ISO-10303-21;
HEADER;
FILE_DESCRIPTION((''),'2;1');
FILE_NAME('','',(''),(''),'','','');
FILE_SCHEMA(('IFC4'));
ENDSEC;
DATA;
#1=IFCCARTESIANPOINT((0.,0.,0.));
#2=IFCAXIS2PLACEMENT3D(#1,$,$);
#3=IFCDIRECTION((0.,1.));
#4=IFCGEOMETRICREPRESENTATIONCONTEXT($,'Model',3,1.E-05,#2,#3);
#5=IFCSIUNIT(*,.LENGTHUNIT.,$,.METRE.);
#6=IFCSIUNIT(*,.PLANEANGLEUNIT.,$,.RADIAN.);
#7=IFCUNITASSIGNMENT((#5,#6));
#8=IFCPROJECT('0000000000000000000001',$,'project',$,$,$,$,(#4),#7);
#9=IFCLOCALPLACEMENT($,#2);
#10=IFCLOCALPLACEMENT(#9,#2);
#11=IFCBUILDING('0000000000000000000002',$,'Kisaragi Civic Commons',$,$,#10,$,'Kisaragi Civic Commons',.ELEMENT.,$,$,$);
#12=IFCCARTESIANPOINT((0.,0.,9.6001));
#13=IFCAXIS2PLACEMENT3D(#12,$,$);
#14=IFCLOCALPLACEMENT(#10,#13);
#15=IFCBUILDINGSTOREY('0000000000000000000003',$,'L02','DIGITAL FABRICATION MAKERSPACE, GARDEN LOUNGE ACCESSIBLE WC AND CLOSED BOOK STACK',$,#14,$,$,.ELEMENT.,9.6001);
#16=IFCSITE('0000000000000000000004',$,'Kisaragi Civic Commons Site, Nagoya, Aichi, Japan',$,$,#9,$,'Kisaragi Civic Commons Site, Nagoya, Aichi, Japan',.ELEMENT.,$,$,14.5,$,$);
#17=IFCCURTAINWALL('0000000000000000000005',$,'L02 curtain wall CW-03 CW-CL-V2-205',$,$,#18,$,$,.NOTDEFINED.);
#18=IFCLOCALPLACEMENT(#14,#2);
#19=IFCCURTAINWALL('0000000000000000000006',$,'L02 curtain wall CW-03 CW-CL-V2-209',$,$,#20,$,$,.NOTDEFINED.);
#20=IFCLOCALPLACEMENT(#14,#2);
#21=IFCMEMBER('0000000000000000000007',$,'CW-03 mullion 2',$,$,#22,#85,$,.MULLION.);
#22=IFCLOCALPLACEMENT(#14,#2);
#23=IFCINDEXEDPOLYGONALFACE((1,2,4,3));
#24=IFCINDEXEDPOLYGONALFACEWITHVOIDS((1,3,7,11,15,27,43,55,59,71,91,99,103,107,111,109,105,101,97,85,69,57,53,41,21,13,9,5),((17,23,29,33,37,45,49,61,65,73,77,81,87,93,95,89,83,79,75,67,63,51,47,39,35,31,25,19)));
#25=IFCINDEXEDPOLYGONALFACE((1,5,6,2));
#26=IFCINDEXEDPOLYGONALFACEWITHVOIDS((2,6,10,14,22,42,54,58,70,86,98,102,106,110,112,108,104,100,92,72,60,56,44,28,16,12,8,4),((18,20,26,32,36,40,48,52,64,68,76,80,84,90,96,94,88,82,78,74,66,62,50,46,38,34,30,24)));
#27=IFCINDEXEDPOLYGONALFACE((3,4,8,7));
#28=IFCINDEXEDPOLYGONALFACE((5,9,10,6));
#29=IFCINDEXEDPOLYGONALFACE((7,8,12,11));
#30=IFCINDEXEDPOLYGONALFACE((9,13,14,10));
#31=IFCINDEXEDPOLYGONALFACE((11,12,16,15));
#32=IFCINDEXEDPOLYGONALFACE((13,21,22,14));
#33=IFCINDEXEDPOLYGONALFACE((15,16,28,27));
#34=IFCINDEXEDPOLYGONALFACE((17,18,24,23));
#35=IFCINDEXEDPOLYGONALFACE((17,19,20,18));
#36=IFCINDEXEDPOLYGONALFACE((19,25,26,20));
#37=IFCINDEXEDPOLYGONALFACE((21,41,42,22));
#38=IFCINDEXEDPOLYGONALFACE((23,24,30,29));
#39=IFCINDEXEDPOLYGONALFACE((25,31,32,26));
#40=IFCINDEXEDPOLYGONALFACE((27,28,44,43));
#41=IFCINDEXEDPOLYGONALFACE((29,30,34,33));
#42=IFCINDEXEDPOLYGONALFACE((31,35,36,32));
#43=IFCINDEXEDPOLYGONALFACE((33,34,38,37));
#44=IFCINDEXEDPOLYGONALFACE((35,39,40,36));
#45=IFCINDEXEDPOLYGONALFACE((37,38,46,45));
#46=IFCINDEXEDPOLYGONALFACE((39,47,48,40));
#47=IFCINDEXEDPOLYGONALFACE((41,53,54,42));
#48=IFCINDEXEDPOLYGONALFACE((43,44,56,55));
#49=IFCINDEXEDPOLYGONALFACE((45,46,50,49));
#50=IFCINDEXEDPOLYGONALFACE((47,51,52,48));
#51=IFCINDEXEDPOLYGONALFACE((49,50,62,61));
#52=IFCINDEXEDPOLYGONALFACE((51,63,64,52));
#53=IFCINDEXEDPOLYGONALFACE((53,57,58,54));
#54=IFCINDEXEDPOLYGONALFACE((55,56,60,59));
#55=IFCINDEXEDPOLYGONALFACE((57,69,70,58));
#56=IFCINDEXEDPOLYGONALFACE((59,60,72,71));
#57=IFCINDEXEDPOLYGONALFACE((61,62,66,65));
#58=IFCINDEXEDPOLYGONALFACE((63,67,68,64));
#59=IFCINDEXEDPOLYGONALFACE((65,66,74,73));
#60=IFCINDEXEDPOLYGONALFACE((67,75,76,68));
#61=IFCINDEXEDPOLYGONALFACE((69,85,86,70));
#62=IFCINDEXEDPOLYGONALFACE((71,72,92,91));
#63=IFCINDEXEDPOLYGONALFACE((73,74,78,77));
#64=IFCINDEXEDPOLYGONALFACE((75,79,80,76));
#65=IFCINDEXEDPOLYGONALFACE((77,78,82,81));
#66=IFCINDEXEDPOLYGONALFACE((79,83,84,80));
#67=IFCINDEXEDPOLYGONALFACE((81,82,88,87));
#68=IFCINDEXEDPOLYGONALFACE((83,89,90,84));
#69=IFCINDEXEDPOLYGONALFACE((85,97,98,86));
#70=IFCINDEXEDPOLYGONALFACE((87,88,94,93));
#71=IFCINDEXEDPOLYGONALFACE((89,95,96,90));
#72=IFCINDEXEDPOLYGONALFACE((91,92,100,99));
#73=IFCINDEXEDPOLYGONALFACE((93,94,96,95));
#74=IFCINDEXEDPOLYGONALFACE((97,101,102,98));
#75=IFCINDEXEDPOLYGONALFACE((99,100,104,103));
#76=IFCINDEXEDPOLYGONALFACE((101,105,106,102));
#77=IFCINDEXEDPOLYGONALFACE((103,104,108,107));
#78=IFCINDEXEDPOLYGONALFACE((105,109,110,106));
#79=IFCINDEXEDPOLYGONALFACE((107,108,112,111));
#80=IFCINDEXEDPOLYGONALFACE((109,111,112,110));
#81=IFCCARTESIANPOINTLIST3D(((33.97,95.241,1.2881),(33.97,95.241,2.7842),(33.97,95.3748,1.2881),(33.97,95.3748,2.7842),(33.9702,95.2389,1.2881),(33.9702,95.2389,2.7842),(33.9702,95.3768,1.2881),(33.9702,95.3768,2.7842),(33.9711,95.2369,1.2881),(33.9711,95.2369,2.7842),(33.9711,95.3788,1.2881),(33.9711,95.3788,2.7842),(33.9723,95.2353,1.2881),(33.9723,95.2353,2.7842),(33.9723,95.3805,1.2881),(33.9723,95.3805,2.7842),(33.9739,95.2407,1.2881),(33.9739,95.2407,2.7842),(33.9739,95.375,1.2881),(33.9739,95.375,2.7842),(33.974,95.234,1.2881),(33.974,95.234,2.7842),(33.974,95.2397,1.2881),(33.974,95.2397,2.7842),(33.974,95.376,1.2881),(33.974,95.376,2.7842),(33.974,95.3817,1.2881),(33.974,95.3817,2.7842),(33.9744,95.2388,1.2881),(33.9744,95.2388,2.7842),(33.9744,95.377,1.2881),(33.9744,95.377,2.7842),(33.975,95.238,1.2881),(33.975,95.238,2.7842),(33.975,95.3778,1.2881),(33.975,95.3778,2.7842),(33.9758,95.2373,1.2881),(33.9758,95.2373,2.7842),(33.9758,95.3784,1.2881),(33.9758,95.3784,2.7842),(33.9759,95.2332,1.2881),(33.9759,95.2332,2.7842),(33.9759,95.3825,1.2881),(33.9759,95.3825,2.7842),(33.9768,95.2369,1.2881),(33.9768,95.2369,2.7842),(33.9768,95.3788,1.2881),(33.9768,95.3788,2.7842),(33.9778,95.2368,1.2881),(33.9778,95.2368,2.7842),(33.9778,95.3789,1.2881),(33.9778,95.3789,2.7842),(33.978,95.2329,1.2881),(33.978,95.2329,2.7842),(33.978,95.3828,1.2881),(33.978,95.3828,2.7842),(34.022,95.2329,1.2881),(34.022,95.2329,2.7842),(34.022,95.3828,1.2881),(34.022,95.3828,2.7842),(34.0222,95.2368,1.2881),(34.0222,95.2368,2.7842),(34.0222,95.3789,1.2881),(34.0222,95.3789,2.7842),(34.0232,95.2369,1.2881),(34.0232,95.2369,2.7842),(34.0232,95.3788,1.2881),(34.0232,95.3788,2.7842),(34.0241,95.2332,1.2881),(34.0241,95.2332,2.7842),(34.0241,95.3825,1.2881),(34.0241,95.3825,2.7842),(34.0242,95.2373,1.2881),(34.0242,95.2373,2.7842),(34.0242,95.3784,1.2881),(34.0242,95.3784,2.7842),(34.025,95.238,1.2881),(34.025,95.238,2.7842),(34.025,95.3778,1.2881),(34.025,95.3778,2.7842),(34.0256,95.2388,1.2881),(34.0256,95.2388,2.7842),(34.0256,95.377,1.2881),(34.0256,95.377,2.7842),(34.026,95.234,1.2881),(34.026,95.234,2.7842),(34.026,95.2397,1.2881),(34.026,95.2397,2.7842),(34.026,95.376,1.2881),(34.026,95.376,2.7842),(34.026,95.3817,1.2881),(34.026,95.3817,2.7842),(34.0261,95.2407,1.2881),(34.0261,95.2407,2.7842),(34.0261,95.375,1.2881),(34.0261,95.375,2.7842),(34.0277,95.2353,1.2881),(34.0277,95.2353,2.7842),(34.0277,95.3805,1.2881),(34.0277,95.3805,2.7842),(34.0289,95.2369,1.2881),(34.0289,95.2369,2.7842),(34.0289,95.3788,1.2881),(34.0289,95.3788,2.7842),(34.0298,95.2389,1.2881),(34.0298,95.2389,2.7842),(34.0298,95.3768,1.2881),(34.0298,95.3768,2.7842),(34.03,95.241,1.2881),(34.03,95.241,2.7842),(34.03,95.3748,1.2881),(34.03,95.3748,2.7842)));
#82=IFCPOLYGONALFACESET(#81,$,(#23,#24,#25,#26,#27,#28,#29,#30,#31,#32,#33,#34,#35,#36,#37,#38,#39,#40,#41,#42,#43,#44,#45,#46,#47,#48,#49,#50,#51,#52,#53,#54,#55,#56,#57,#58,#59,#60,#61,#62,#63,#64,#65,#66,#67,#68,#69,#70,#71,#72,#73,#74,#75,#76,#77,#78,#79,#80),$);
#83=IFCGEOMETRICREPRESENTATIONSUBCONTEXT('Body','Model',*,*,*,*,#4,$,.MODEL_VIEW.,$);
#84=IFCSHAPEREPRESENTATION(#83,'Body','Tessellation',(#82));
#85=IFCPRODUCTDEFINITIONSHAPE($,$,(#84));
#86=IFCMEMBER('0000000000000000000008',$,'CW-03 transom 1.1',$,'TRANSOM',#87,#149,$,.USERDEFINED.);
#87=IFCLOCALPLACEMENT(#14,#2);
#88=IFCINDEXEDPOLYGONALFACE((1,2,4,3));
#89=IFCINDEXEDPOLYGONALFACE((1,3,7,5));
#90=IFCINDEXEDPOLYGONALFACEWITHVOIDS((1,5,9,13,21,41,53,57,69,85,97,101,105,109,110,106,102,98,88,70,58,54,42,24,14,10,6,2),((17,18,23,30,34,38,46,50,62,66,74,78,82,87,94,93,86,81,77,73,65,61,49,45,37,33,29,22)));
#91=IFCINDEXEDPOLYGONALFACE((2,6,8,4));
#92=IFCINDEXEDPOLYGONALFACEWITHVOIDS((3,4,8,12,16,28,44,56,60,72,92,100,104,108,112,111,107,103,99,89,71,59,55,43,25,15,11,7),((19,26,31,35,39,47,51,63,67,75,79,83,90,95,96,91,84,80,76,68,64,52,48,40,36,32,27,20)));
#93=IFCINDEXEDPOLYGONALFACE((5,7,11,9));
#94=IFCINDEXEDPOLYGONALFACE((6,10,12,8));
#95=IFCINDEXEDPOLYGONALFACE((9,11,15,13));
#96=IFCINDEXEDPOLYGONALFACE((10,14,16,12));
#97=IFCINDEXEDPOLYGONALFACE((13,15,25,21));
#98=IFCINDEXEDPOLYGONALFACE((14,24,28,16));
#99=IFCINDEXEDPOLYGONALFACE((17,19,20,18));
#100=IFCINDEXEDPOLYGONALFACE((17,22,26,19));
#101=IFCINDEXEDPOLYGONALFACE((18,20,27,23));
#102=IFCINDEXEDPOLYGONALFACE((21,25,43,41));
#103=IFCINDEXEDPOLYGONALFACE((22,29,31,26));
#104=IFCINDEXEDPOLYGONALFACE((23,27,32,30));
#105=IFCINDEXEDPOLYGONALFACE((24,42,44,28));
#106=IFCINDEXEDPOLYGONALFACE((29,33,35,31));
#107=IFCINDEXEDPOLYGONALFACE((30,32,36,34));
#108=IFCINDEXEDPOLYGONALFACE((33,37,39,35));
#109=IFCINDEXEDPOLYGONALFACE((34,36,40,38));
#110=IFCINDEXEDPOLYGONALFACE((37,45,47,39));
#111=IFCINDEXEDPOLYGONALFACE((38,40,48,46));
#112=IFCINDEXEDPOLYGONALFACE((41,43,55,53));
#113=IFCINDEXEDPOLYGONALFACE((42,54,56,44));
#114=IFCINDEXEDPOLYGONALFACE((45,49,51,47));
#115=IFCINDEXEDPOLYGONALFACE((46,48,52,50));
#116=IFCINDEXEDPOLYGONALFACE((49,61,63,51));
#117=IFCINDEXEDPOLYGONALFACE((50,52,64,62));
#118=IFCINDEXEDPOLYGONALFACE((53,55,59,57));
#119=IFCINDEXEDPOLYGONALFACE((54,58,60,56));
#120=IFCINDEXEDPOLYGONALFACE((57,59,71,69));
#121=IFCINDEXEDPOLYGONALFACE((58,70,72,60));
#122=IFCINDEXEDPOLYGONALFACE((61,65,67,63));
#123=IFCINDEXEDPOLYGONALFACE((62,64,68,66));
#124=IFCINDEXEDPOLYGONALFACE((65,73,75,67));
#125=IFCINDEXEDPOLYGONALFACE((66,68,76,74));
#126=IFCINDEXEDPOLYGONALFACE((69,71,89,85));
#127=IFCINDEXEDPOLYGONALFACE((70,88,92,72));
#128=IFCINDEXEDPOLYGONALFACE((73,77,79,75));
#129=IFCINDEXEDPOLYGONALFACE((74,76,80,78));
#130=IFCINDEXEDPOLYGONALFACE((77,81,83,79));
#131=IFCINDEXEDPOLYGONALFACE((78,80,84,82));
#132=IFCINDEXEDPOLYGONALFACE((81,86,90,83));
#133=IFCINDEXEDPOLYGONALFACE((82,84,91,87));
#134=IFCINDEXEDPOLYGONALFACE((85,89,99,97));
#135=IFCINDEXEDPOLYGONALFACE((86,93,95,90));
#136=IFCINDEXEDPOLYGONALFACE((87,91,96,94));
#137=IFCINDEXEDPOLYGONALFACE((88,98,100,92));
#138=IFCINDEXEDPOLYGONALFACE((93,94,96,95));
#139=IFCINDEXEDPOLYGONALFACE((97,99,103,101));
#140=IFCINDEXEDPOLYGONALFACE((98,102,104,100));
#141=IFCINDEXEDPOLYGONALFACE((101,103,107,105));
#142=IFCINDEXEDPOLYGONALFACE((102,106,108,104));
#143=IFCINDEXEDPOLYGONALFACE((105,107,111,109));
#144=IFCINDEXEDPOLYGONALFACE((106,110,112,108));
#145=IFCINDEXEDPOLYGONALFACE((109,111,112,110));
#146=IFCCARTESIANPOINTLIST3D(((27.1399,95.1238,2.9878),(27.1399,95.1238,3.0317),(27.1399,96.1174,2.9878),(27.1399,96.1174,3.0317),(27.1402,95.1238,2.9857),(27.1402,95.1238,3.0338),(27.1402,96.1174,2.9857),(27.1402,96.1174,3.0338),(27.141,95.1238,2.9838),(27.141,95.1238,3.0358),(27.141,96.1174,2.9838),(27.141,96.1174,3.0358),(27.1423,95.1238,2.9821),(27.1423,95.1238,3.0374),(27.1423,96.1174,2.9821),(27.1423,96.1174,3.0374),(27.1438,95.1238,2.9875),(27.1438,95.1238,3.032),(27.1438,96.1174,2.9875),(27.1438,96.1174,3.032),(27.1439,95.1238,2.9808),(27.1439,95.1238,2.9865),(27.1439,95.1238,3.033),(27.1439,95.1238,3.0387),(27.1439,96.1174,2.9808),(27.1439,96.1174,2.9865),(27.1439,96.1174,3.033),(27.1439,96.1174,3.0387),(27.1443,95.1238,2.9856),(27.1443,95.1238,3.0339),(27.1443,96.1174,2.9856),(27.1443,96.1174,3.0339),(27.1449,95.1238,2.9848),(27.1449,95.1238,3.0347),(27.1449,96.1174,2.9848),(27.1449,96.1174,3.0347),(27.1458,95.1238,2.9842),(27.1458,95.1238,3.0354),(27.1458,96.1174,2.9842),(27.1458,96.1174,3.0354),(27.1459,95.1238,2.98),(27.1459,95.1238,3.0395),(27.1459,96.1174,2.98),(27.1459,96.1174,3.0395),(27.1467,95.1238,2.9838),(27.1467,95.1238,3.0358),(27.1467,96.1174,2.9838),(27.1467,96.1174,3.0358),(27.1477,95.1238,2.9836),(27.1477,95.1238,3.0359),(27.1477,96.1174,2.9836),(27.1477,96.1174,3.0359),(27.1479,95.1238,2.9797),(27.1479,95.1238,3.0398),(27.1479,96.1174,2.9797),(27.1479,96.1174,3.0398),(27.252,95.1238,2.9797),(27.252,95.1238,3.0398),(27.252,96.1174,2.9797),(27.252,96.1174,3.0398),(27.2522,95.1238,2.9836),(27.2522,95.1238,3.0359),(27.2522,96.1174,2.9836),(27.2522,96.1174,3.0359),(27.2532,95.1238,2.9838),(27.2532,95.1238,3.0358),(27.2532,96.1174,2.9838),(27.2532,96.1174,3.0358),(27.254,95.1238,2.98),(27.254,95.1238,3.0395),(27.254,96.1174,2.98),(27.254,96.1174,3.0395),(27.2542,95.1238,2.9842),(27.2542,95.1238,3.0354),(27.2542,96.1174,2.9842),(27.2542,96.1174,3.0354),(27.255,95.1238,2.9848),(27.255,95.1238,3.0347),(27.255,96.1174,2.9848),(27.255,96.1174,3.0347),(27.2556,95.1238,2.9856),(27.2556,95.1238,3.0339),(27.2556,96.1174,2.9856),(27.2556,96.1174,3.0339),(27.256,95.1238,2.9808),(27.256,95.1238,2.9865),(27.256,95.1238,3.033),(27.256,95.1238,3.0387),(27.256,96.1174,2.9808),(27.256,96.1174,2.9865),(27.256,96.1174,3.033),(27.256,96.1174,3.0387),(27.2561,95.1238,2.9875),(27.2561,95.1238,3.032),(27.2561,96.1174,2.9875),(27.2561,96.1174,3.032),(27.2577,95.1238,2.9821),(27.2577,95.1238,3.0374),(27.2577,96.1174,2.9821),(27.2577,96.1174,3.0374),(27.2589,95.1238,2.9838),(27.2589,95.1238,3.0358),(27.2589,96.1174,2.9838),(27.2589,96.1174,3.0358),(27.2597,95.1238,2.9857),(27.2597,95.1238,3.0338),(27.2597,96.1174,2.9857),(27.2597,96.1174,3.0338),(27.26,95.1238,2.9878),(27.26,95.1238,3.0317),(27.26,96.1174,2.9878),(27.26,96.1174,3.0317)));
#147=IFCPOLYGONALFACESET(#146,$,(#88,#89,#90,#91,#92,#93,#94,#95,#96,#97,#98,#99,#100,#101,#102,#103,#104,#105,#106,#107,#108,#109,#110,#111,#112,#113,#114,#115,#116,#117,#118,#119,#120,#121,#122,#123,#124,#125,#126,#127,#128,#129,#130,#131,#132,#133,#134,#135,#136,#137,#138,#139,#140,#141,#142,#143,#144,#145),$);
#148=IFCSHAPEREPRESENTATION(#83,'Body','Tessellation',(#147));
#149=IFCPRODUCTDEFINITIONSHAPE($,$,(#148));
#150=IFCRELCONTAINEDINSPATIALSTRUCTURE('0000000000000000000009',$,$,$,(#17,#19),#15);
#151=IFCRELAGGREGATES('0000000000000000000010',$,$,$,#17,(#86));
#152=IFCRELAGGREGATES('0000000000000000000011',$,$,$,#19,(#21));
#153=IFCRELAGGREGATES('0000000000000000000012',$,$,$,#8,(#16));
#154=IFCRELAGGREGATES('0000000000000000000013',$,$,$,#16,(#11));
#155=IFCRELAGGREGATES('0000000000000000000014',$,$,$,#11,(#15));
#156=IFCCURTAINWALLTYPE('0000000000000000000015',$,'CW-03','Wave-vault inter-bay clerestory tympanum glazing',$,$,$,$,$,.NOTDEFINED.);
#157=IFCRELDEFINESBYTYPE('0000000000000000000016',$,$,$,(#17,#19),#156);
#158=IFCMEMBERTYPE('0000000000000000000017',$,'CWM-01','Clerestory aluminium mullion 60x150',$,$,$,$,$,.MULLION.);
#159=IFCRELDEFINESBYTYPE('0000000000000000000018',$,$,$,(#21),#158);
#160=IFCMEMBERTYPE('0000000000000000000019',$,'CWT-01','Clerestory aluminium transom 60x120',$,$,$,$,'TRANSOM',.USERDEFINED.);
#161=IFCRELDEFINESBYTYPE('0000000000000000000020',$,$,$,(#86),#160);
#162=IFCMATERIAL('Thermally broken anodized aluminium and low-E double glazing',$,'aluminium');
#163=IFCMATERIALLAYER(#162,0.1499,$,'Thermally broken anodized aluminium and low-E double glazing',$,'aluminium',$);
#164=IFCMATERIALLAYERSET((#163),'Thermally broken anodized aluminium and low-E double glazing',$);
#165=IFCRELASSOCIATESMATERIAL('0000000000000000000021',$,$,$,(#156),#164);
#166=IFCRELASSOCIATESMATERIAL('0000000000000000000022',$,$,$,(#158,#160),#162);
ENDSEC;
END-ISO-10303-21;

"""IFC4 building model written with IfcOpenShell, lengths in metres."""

from ifc_helpers import new_model, si_unit, direction, frame, origin, origin_2d, place, context, subcontext, project, spatial, hollow_rectangle, extrude, material, layer, layer_set, material_profile, profile_set, type_object, element, aggregate, save


model = new_model("IFC4")

# Units and contexts
model_context = context("Model", 3, precision=1e-05, world=origin(), true_north=direction((0.0, 1.0)))
body_context = subcontext(model_context, "Body", "Model", "MODEL_VIEW")
ifc_project = project(units=[si_unit("LENGTHUNIT", "METRE"), si_unit("PLANEANGLEUNIT", "RADIAN")], contexts=[model_context])

# Site, building, storey
site_placement = place(None, origin())
site = spatial("IfcSite", under=ifc_project, at=site_placement, Name="Kisaragi Civic Commons Site, Nagoya, Aichi, Japan", LongName="Kisaragi Civic Commons Site, Nagoya, Aichi, Japan", CompositionType="ELEMENT", RefElevation=14.5)
building_placement = place(site_placement, origin())
building = spatial("IfcBuilding", under=site, at=building_placement, Name="Kisaragi Civic Commons", LongName="Kisaragi Civic Commons", CompositionType="ELEMENT")
storey_placement = place(building_placement, frame((0.0, 0.0, 9.6001)))
storey = spatial("IfcBuildingStorey", under=building, at=storey_placement, Name="L02", Description="DIGITAL FABRICATION MAKERSPACE, GARDEN LOUNGE ACCESSIBLE WC AND CLOSED BOOK STACK", CompositionType="ELEMENT", Elevation=9.6001)

# Curtain walls, member
ifc_material_1 = material(Name="Thermally broken anodized aluminium and low-E double glazing", Category="aluminium")
ifc_layer_1 = layer(ifc_material_1, 0.1499, Name="Thermally broken anodized aluminium and low-E double glazing", Category="aluminium")
ifc_layer_set_1 = layer_set([ifc_layer_1], Name="Thermally broken anodized aluminium and low-E double glazing")
curtain_wall_type = type_object("IfcCurtainWallType", Name="CW-03", Description="Wave-vault inter-bay clerestory tympanum glazing", PredefinedType="NOTDEFINED", material=ifc_layer_set_1)
ifc_material_profile_1 = material_profile(ifc_material_1, hollow_rectangle(XDim=0.0601, YDim=0.1499, WallThickness=0.0039, InnerFilletRadius=0.0039, OuterFilletRadius=0.0081, at=origin_2d()), Name="CWM-60x150x4", Category="aluminium")
ifc_profile_set_1 = profile_set([ifc_material_profile_1], Name="Thermally broken anodized aluminium and low-E double glazing")
member_type_1 = type_object("IfcMemberType", Name="CWM-01", Description="Clerestory aluminium mullion 60x150", PredefinedType="MULLION", material=ifc_profile_set_1)
curtain_wall_1_placement = place(storey_placement, origin())
curtain_wall_1 = element("IfcCurtainWall", 1, at=curtain_wall_1_placement, inside=storey, type_object=curtain_wall_type, Name="L02 curtain wall CW-03 CW-CL-V2-205", PredefinedType="NOTDEFINED")
curtain_wall_2_placement = place(storey_placement, origin())
curtain_wall_2 = element("IfcCurtainWall", 2, at=curtain_wall_2_placement, inside=storey, type_object=curtain_wall_type, Name="L02 curtain wall CW-03 CW-CL-V2-209", PredefinedType="NOTDEFINED")
member_1_placement = place(storey_placement, frame((34.0, 95.3079, 1.2881), z_axis=(0.0, 0.0, 1.0), x_axis=(-1.0, 0.0, 0.0)))
member_1 = element("IfcMember", 3, at=member_1_placement, type_object=member_type_1, Name="CW-03 mullion 2", PredefinedType="MULLION", context=body_context, shape_type="SweptSolid", body=[
    extrude(hollow_rectangle(XDim=0.0601, YDim=0.1499, WallThickness=0.0039, InnerFilletRadius=0.0039, OuterFilletRadius=0.0081, at=origin_2d()), origin(), (0.0, 0.0, 1.0), 1.4961),
])

# Member
ifc_material_profile_2 = material_profile(ifc_material_1, hollow_rectangle(XDim=0.1201, YDim=0.0601, WallThickness=0.0039, InnerFilletRadius=0.0039, OuterFilletRadius=0.0081, at=origin_2d()), Name="CWT-60x120x4", Category="aluminium")
ifc_profile_set_2 = profile_set([ifc_material_profile_2], Name="Thermally broken anodized aluminium and low-E double glazing")
member_type_2 = type_object("IfcMemberType", Name="CWT-01", Description="Clerestory aluminium transom 60x120", ElementType="TRANSOM", PredefinedType="USERDEFINED", material=ifc_profile_set_2)
member_2_placement = place(storey_placement, frame((27.2, 95.1238, 3.0098), z_axis=(0.0, 1.0, 0.0), x_axis=(-1.0, 0.0, 0.0)))
member_2 = element("IfcMember", 4, at=member_2_placement, type_object=member_type_2, Name="CW-03 transom 1.1", ObjectType="TRANSOM", PredefinedType="USERDEFINED", context=body_context, shape_type="SweptSolid", body=[
    extrude(hollow_rectangle(XDim=0.1201, YDim=0.0601, WallThickness=0.0039, InnerFilletRadius=0.0039, OuterFilletRadius=0.0081, at=origin_2d()), origin(), (0.0, 0.0, 1.0), 0.9937),
])

aggregate(curtain_wall_1, [member_2])
aggregate(curtain_wall_2, [member_1])

save(model, "model.ifc")
